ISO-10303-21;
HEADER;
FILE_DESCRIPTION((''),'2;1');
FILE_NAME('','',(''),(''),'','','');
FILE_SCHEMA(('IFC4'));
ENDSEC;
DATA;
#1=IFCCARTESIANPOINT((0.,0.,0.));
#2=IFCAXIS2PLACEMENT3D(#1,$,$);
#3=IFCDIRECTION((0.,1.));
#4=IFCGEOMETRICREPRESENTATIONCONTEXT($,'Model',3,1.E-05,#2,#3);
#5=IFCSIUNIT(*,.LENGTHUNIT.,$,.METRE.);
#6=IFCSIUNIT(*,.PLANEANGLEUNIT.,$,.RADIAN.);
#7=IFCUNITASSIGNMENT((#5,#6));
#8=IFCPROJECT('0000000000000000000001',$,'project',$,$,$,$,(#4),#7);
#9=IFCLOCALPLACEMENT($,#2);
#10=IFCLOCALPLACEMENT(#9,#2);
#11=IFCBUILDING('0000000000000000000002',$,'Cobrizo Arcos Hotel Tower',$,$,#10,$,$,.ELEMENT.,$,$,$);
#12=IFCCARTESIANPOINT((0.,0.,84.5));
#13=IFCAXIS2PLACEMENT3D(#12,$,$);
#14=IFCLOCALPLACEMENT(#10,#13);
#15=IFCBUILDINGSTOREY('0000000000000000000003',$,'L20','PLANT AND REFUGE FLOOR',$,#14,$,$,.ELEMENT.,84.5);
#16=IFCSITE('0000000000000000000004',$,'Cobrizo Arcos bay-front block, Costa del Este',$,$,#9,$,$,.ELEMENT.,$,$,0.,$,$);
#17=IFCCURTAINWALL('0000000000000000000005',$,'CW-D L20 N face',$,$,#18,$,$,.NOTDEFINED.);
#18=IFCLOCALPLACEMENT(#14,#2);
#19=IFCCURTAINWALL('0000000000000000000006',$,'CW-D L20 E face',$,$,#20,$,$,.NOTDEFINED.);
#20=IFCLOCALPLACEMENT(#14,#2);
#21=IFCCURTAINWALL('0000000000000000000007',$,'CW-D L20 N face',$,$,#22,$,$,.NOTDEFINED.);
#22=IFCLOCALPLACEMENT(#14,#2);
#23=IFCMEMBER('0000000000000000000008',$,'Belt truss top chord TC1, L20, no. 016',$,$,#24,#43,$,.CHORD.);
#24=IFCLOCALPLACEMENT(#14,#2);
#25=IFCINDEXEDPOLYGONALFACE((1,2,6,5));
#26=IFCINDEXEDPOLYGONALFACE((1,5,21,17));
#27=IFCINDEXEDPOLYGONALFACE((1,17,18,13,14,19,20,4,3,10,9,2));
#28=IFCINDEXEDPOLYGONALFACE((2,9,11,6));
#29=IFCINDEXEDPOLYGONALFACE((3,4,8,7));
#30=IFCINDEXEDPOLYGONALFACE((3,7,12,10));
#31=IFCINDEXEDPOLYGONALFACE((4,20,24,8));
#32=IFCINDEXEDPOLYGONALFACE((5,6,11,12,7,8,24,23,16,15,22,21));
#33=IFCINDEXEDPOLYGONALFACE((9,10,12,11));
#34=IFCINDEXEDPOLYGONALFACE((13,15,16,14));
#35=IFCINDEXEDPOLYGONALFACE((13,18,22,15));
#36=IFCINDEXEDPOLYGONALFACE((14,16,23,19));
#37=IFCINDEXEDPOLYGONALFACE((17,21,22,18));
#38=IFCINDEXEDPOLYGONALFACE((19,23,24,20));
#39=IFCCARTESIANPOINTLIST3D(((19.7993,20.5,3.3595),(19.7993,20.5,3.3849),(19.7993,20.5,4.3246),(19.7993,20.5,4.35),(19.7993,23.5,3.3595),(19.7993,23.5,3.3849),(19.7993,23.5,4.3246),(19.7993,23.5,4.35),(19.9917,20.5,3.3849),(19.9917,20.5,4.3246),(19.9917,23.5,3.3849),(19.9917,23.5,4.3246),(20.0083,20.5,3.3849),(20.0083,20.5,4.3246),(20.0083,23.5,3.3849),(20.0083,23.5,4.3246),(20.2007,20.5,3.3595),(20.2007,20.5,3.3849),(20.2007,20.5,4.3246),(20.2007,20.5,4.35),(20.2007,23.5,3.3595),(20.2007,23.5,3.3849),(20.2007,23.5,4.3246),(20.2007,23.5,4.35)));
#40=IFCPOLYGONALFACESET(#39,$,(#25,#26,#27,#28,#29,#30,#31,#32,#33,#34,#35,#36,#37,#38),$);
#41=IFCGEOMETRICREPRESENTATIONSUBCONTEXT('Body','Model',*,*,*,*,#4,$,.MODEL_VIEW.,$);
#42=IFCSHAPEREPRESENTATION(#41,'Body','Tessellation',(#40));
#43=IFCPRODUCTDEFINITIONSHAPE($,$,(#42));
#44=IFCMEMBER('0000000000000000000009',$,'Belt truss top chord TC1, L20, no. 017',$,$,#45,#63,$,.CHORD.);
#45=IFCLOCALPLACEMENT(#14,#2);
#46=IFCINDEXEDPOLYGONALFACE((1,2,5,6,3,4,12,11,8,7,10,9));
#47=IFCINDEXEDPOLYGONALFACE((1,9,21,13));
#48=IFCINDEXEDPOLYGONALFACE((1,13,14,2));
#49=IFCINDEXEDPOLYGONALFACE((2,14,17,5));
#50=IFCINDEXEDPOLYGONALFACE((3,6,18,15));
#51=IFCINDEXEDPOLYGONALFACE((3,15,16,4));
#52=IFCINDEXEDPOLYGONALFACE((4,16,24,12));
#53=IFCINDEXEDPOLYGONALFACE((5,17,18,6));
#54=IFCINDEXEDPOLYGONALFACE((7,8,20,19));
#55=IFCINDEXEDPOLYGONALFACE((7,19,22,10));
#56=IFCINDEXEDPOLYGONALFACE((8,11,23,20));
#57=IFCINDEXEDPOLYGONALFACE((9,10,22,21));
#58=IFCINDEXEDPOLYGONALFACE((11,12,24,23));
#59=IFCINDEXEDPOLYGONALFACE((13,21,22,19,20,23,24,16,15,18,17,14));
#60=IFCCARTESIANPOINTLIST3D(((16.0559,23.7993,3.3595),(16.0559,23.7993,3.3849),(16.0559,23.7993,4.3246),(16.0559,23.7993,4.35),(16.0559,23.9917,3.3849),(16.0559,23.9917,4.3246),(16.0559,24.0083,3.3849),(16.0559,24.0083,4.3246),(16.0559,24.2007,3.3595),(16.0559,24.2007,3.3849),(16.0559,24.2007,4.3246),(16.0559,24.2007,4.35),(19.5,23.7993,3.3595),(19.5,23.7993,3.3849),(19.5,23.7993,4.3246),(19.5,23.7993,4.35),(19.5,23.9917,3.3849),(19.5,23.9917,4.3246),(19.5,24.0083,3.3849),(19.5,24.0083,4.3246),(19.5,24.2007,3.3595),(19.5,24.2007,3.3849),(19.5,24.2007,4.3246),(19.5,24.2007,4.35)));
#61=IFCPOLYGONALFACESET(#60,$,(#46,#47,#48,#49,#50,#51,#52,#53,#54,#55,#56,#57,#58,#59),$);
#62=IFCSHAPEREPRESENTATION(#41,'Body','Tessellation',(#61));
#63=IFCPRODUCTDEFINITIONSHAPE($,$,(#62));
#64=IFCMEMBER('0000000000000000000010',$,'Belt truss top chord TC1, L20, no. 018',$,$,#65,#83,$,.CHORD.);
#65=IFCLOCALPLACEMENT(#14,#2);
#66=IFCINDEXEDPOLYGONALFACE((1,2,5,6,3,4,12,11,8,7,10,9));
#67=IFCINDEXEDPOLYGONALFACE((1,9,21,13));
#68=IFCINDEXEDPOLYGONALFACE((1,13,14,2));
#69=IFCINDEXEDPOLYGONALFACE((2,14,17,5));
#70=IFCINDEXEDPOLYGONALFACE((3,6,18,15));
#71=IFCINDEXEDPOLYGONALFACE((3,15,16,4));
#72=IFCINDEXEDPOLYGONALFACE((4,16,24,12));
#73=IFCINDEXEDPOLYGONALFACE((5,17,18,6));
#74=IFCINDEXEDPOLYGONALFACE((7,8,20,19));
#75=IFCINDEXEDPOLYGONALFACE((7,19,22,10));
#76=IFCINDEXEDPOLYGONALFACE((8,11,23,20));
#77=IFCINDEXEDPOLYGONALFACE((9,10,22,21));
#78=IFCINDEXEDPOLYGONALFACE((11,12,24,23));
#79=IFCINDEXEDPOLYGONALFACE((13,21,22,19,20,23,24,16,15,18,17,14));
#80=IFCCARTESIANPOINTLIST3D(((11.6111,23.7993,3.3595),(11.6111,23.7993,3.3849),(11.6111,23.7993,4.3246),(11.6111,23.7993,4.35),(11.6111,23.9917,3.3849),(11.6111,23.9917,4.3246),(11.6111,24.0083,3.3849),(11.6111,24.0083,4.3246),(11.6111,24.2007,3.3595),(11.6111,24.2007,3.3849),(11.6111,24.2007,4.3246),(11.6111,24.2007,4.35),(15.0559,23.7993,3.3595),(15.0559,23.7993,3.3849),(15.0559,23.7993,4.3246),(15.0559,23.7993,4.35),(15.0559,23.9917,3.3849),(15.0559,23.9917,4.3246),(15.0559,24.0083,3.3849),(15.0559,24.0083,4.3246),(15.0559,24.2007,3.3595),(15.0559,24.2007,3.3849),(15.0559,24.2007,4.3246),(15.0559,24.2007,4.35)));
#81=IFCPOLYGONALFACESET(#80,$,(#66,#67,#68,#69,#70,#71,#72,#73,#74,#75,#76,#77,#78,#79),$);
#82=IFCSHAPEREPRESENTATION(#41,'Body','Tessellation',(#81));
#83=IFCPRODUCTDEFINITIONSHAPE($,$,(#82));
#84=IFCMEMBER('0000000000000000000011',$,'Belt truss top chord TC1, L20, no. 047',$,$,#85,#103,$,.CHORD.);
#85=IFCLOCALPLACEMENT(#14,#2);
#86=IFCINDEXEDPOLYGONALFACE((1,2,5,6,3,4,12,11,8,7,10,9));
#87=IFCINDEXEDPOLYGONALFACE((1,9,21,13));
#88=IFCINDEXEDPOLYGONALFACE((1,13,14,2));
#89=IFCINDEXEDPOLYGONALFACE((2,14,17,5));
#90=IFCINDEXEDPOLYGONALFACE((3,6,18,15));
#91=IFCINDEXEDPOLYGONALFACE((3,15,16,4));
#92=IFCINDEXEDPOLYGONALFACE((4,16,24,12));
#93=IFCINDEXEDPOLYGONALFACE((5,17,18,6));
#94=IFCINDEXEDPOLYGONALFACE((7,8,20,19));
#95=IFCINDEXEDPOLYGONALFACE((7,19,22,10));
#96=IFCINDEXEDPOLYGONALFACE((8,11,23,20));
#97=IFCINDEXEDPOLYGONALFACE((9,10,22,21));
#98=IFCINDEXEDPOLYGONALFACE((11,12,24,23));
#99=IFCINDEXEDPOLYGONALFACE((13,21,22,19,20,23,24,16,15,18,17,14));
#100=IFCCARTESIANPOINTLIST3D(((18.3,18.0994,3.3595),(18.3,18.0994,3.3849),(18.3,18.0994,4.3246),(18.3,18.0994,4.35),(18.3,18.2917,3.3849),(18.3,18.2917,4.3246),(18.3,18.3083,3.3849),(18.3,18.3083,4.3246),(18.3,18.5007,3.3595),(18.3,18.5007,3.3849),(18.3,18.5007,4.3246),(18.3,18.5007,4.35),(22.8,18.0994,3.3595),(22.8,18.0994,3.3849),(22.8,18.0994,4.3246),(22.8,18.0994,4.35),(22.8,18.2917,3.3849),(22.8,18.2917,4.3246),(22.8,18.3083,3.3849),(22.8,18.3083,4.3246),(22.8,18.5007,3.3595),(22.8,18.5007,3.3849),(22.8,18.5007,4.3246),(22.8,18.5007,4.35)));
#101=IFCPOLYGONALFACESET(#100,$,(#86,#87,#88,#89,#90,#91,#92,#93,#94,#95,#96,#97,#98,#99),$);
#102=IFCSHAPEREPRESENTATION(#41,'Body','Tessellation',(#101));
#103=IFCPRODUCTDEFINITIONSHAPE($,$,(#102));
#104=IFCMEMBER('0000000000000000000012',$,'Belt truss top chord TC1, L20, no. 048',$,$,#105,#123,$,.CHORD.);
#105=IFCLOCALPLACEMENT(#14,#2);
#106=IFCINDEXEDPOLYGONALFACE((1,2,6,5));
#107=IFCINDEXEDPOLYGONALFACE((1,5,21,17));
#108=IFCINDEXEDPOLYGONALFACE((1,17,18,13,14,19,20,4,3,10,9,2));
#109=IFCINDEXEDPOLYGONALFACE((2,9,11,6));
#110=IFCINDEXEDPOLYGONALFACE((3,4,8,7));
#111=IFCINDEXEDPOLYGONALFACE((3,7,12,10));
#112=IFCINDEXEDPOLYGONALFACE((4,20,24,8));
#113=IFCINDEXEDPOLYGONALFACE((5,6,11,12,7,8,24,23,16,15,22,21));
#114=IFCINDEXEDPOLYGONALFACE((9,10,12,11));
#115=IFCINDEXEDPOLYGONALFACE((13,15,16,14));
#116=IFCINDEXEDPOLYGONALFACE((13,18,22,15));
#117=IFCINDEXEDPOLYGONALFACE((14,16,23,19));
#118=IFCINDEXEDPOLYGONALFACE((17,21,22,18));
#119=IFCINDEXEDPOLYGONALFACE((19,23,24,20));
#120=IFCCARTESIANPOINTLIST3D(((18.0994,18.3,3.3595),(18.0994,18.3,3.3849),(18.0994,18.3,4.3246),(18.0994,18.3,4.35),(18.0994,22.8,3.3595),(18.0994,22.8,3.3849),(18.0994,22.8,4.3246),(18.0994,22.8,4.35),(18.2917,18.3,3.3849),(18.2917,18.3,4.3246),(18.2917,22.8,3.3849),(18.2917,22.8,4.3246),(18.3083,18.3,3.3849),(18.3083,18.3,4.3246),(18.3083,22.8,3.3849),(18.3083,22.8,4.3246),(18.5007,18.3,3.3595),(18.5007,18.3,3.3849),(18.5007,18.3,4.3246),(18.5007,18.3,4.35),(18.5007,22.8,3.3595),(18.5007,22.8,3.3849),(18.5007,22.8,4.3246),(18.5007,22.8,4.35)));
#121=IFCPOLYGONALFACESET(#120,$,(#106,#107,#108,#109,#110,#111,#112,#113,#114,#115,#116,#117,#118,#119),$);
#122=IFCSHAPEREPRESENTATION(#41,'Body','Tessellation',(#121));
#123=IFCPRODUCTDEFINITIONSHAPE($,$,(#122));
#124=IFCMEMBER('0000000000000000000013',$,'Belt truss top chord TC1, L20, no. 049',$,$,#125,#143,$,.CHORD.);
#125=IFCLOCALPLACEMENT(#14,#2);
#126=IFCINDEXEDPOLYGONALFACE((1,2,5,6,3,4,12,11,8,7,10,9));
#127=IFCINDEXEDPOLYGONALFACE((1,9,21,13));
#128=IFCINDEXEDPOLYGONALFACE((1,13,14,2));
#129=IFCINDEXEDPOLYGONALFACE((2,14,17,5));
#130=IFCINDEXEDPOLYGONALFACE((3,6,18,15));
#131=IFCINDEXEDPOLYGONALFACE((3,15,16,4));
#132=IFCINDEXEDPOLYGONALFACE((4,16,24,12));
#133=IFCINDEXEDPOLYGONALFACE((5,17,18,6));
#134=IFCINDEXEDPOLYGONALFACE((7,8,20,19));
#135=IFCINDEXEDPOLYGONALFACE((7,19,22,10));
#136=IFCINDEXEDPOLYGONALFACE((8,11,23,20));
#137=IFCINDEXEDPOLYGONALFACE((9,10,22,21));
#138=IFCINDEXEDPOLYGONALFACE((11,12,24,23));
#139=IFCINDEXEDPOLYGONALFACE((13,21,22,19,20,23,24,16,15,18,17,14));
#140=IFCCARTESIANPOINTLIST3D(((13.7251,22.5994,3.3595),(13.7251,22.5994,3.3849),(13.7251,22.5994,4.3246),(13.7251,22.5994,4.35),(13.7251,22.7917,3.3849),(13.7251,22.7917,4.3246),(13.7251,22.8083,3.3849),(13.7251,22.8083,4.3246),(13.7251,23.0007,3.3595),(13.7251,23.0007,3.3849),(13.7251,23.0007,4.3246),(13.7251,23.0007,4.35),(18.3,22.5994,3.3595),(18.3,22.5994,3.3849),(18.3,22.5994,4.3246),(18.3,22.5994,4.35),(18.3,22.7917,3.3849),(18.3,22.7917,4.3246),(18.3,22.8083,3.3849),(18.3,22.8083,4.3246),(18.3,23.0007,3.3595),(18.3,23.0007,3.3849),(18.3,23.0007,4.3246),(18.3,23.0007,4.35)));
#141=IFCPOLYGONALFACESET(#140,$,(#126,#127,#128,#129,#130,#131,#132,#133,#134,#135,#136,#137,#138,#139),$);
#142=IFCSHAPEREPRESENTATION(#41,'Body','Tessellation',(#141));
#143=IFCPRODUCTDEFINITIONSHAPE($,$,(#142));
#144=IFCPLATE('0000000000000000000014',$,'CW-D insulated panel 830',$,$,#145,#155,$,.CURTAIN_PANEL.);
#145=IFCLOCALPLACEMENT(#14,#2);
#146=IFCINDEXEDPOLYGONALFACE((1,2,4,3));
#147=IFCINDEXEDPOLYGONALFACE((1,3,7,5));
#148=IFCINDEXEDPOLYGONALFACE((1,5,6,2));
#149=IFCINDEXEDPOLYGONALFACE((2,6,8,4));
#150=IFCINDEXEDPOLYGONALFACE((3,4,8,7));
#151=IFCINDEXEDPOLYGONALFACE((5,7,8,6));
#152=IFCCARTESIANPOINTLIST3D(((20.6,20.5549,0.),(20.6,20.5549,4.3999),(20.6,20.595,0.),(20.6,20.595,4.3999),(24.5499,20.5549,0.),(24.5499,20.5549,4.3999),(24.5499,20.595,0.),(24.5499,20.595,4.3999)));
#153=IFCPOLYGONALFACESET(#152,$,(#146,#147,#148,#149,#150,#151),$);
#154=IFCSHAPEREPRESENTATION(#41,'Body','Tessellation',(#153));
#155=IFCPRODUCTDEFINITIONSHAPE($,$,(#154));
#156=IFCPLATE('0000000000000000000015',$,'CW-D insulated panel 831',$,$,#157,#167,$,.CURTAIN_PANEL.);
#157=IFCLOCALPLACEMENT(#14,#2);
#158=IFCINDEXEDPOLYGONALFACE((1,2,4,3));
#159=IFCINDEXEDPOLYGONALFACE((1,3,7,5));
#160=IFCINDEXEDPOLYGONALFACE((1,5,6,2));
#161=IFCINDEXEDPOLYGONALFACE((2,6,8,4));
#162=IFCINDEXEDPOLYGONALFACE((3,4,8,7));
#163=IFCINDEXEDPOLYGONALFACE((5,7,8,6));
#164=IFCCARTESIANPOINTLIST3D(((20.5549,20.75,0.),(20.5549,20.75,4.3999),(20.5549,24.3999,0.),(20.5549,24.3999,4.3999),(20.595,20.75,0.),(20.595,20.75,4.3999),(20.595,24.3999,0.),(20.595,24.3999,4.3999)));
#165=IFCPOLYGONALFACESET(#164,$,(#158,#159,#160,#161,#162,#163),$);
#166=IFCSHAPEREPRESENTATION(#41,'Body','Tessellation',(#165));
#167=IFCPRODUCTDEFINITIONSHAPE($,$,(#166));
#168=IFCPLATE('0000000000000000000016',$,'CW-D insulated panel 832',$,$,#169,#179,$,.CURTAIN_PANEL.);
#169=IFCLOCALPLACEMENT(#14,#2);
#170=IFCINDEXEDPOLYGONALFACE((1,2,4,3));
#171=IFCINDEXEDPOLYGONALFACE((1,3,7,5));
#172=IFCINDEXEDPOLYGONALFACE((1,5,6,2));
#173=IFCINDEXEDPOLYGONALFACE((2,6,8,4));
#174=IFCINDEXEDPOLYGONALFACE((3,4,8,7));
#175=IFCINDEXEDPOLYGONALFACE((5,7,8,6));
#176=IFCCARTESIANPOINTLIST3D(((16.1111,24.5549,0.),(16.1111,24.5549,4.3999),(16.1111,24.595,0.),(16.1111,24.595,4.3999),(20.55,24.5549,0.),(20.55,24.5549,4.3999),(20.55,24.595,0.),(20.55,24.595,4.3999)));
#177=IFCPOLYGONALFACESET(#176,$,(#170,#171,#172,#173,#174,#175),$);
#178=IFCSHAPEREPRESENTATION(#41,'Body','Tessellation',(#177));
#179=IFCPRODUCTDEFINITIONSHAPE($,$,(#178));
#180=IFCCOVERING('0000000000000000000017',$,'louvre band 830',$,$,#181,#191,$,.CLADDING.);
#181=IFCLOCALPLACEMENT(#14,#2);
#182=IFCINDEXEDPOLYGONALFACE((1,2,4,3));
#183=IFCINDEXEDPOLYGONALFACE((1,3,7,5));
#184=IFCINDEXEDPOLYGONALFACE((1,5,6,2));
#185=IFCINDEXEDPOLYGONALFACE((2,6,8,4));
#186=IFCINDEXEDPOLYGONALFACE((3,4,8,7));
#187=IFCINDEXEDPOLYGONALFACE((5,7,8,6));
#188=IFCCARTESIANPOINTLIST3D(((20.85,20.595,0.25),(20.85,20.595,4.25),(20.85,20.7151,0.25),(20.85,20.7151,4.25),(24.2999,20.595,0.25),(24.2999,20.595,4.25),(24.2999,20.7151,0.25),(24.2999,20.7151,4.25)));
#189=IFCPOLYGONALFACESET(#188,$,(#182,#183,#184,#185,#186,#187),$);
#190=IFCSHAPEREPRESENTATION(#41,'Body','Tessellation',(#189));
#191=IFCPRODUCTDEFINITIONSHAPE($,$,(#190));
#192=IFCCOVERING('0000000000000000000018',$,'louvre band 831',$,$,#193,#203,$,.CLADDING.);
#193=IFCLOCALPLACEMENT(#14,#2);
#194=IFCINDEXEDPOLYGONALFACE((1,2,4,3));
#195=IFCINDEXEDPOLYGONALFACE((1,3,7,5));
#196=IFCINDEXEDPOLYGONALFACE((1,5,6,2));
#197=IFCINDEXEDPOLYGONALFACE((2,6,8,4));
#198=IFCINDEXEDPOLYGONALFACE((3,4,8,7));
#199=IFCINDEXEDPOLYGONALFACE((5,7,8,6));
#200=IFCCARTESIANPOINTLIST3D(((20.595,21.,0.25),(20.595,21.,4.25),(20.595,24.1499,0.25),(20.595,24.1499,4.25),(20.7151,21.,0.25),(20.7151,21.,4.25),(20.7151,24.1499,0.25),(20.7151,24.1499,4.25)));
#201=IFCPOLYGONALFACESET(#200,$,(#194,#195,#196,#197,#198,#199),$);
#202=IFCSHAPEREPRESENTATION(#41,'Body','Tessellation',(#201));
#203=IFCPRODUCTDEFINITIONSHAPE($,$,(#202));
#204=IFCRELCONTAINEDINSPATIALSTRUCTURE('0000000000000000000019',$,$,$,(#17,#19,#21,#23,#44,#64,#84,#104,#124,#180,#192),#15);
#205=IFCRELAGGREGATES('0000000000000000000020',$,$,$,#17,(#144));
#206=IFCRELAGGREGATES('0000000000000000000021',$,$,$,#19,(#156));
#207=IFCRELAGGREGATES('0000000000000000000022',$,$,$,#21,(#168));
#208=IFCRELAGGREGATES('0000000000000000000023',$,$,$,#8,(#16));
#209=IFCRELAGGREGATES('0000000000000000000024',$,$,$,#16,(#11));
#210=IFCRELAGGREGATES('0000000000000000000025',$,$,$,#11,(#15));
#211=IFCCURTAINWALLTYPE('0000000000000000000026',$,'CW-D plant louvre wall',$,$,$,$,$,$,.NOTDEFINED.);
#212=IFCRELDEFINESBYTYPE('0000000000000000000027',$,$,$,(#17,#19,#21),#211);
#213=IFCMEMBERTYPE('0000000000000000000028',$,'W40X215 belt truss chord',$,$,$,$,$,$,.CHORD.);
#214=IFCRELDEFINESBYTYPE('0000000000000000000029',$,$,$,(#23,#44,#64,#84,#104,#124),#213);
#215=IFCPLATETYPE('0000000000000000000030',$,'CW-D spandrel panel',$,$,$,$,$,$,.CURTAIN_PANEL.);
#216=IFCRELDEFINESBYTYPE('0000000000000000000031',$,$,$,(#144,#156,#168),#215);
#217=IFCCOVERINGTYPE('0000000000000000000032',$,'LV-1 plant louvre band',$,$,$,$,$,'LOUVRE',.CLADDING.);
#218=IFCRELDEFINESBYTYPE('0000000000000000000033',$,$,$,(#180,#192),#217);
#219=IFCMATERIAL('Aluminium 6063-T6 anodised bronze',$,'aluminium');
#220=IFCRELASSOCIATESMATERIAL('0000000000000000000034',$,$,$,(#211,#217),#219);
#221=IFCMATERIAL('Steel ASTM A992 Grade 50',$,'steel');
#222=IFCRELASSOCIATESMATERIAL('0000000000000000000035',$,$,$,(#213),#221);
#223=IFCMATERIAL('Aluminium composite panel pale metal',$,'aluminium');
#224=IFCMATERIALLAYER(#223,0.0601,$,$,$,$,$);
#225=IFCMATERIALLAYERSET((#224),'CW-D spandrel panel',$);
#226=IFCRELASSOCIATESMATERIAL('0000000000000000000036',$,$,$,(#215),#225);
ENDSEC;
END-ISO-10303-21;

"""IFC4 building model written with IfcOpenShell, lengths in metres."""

from ifc_helpers import new_model, si_unit, direction, frame, origin, origin_2d, place, context, subcontext, project, spatial, rectangle, i_section, extrude, material, layer, layer_set, material_profile, profile_set, type_object, element, aggregate, save


model = new_model("IFC4")

# Units and contexts
model_context = context("Model", 3, precision=1e-05, world=origin(), true_north=direction((0.0, 1.0)))
body_context = subcontext(model_context, "Body", "Model", "MODEL_VIEW")
ifc_project = project(units=[si_unit("LENGTHUNIT", "METRE"), si_unit("PLANEANGLEUNIT", "RADIAN")], contexts=[model_context])

# Site, building, storey
site_placement = place(None, origin())
site = spatial("IfcSite", under=ifc_project, at=site_placement, Name="Cobrizo Arcos bay-front block, Costa del Este", CompositionType="ELEMENT", RefElevation=0.0)
building_placement = place(site_placement, origin())
building = spatial("IfcBuilding", under=site, at=building_placement, Name="Cobrizo Arcos Hotel Tower", CompositionType="ELEMENT")
storey_placement = place(building_placement, frame((0.0, 0.0, 84.5)))
storey = spatial("IfcBuildingStorey", under=building, at=storey_placement, Name="L20", Description="PLANT AND REFUGE FLOOR", CompositionType="ELEMENT", Elevation=84.5)

# Shared definitions
ifc_material_1 = material(Name="Aluminium 6063-T6 anodised bronze", Category="aluminium")
curtain_wall_type = type_object("IfcCurtainWallType", Name="CW-D plant louvre wall", PredefinedType="NOTDEFINED", material=ifc_material_1)

# Curtain walls
curtain_wall_1_placement = place(storey_placement, origin())
curtain_wall_1 = element("IfcCurtainWall", 1, at=curtain_wall_1_placement, inside=storey, type_object=curtain_wall_type, Name="CW-D L20 N face", PredefinedType="NOTDEFINED")
curtain_wall_2_placement = place(storey_placement, origin())
curtain_wall_2 = element("IfcCurtainWall", 2, at=curtain_wall_2_placement, inside=storey, type_object=curtain_wall_type, Name="CW-D L20 E face", PredefinedType="NOTDEFINED")
curtain_wall_3_placement = place(storey_placement, origin())
curtain_wall_3 = element("IfcCurtainWall", 3, at=curtain_wall_3_placement, inside=storey, type_object=curtain_wall_type, Name="CW-D L20 N face", PredefinedType="NOTDEFINED")

# Members
ifc_material_2 = material(Name="Steel ASTM A992 Grade 50", Category="steel")
ifc_material_profile_1 = material_profile(ifc_material_2, i_section(OverallWidth=0.4014, OverallDepth=0.9905, WebThickness=0.0166, FlangeThickness=0.0254, at=origin_2d()), Name="W40X215")
ifc_profile_set_1 = profile_set([ifc_material_profile_1], Name="Steel ASTM A992 Grade 50")
member_type_1 = type_object("IfcMemberType", Name="W40X215 belt truss chord", PredefinedType="CHORD", material=ifc_profile_set_1)
for number, where, z_axis, x_axis, name in (
    (4, (20.0, 20.5, 3.8547), (0.0, 1.0, 0.0), (-1.0, 0.0, 0.0), "Belt truss top chord TC1, L20, no. 016"),
):
    element("IfcMember", number, at=place(storey_placement, frame(where, z_axis=z_axis, x_axis=x_axis)), inside=storey, type_object=member_type_1, Name=name, PredefinedType="CHORD", context=body_context, shape_type="SweptSolid", body=[
        extrude(i_section(OverallWidth=0.4014, OverallDepth=0.9905, WebThickness=0.0166, FlangeThickness=0.0254, at=origin_2d()), origin(), (0.0, 0.0, 1.0), 3.0),
    ])
member_1_placement = place(storey_placement, frame((19.5, 24.0, 3.8547), z_axis=(-1.0, 0.0, 0.0), x_axis=(0.0, -1.0, 0.0)))
element("IfcMember", 5, at=member_1_placement, inside=storey, type_object=member_type_1, Name="Belt truss top chord TC1, L20, no. 017", PredefinedType="CHORD", context=body_context, shape_type="SweptSolid", body=[
    extrude(i_section(OverallWidth=0.4014, OverallDepth=0.9905, WebThickness=0.0166, FlangeThickness=0.0254, at=origin_2d()), origin(), (0.0, 0.0, 1.0), 3.4441),
])
member_2_placement = place(storey_placement, frame((15.0559, 24.0, 3.8547), z_axis=(-1.0, 0.0, 0.0), x_axis=(0.0, -1.0, 0.0)))
element("IfcMember", 6, at=member_2_placement, inside=storey, type_object=member_type_1, Name="Belt truss top chord TC1, L20, no. 018", PredefinedType="CHORD", context=body_context, shape_type="SweptSolid", body=[
    extrude(i_section(OverallWidth=0.4014, OverallDepth=0.9905, WebThickness=0.0166, FlangeThickness=0.0254, at=origin_2d()), origin(), (0.0, 0.0, 1.0), 3.4448),
])
for number, where, z_axis, x_axis, name in (
    (7, (22.8, 18.3, 3.8547), (-1.0, 0.0, 0.0), (0.0, -1.0, 0.0), "Belt truss top chord TC1, L20, no. 047"),
    (8, (18.3, 18.3, 3.8547), (0.0, 1.0, 0.0), (-1.0, 0.0, 0.0), "Belt truss top chord TC1, L20, no. 048"),
):
    element("IfcMember", number, at=place(storey_placement, frame(where, z_axis=z_axis, x_axis=x_axis)), inside=storey, type_object=member_type_1, Name=name, PredefinedType="CHORD", context=body_context, shape_type="SweptSolid", body=[
        extrude(i_section(OverallWidth=0.4014, OverallDepth=0.9905, WebThickness=0.0166, FlangeThickness=0.0254, at=origin_2d()), origin(), (0.0, 0.0, 1.0), 4.5),
    ])
member_3_placement = place(storey_placement, frame((18.3, 22.8, 3.8547), z_axis=(-1.0, 0.0, 0.0), x_axis=(0.0, -1.0, 0.0)))
element("IfcMember", 9, at=member_3_placement, inside=storey, type_object=member_type_1, Name="Belt truss top chord TC1, L20, no. 049", PredefinedType="CHORD", context=body_context, shape_type="SweptSolid", body=[
    extrude(i_section(OverallWidth=0.4014, OverallDepth=0.9905, WebThickness=0.0166, FlangeThickness=0.0254, at=origin_2d()), origin(), (0.0, 0.0, 1.0), 4.575),
])

# Plates
ifc_material_3 = material(Name="Aluminium composite panel pale metal", Category="aluminium")
ifc_layer = layer(ifc_material_3, 0.0601)
ifc_layer_set = layer_set([ifc_layer], Name="CW-D spandrel panel")
plate_type = type_object("IfcPlateType", Name="CW-D spandrel panel", PredefinedType="CURTAIN_PANEL", material=ifc_layer_set)
plate_1_placement = place(storey_placement, frame((22.575, 20.575, 0.0), z_axis=(0.0, 0.0, 1.0), x_axis=(-1.0, 0.0, 0.0)))
plate_1 = element("IfcPlate", 10, at=plate_1_placement, type_object=plate_type, Name="CW-D insulated panel 830", PredefinedType="CURTAIN_PANEL", context=body_context, shape_type="SweptSolid", body=[
    extrude(rectangle(XDim=3.95, YDim=0.04, at=origin_2d()), origin(), (0.0, 0.0, 1.0), 4.3999),
])
aggregate(curtain_wall_1, [plate_1])
plate_2_placement = place(storey_placement, frame((20.575, 22.575, 0.0), z_axis=(0.0, 0.0, 1.0), x_axis=(0.0, 1.0, 0.0)))
plate_2 = element("IfcPlate", 11, at=plate_2_placement, type_object=plate_type, Name="CW-D insulated panel 831", PredefinedType="CURTAIN_PANEL", context=body_context, shape_type="SweptSolid", body=[
    extrude(rectangle(XDim=3.6499, YDim=0.04, at=origin_2d()), origin(), (0.0, 0.0, 1.0), 4.3999),
])
aggregate(curtain_wall_2, [plate_2])
plate_3_placement = place(storey_placement, frame((18.3306, 24.575, 0.0), z_axis=(0.0, 0.0, 1.0), x_axis=(-1.0, 0.0, 0.0)))
plate_3 = element("IfcPlate", 12, at=plate_3_placement, type_object=plate_type, Name="CW-D insulated panel 832", PredefinedType="CURTAIN_PANEL", context=body_context, shape_type="SweptSolid", body=[
    extrude(rectangle(XDim=4.439, YDim=0.04, at=origin_2d()), origin(), (0.0, 0.0, 1.0), 4.3999),
])
aggregate(curtain_wall_3, [plate_3])

# Coverings
covering_type = type_object("IfcCoveringType", Name="LV-1 plant louvre band", ElementType="LOUVRE", PredefinedType="CLADDING", material=ifc_material_1)
covering_1_placement = place(storey_placement, frame((22.575, 20.655, 0.25), z_axis=(0.0, 0.0, 1.0), x_axis=(-1.0, 0.0, 0.0)))
element("IfcCovering", 13, at=covering_1_placement, inside=storey, type_object=covering_type, Name="louvre band 830", PredefinedType="CLADDING", context=body_context, shape_type="SweptSolid", body=[
    extrude(rectangle(XDim=3.45, YDim=0.1201, at=origin_2d()), origin(), (0.0, 0.0, 1.0), 4.0),
])
covering_2_placement = place(storey_placement, frame((20.655, 22.575, 0.25), z_axis=(0.0, 0.0, 1.0), x_axis=(0.0, 1.0, 0.0)))
element("IfcCovering", 14, at=covering_2_placement, inside=storey, type_object=covering_type, Name="louvre band 831", PredefinedType="CLADDING", context=body_context, shape_type="SweptSolid", body=[
    extrude(rectangle(XDim=3.1499, YDim=0.1201, at=origin_2d()), origin(), (0.0, 0.0, 1.0), 4.0),
])

save(model, "model.ifc")
